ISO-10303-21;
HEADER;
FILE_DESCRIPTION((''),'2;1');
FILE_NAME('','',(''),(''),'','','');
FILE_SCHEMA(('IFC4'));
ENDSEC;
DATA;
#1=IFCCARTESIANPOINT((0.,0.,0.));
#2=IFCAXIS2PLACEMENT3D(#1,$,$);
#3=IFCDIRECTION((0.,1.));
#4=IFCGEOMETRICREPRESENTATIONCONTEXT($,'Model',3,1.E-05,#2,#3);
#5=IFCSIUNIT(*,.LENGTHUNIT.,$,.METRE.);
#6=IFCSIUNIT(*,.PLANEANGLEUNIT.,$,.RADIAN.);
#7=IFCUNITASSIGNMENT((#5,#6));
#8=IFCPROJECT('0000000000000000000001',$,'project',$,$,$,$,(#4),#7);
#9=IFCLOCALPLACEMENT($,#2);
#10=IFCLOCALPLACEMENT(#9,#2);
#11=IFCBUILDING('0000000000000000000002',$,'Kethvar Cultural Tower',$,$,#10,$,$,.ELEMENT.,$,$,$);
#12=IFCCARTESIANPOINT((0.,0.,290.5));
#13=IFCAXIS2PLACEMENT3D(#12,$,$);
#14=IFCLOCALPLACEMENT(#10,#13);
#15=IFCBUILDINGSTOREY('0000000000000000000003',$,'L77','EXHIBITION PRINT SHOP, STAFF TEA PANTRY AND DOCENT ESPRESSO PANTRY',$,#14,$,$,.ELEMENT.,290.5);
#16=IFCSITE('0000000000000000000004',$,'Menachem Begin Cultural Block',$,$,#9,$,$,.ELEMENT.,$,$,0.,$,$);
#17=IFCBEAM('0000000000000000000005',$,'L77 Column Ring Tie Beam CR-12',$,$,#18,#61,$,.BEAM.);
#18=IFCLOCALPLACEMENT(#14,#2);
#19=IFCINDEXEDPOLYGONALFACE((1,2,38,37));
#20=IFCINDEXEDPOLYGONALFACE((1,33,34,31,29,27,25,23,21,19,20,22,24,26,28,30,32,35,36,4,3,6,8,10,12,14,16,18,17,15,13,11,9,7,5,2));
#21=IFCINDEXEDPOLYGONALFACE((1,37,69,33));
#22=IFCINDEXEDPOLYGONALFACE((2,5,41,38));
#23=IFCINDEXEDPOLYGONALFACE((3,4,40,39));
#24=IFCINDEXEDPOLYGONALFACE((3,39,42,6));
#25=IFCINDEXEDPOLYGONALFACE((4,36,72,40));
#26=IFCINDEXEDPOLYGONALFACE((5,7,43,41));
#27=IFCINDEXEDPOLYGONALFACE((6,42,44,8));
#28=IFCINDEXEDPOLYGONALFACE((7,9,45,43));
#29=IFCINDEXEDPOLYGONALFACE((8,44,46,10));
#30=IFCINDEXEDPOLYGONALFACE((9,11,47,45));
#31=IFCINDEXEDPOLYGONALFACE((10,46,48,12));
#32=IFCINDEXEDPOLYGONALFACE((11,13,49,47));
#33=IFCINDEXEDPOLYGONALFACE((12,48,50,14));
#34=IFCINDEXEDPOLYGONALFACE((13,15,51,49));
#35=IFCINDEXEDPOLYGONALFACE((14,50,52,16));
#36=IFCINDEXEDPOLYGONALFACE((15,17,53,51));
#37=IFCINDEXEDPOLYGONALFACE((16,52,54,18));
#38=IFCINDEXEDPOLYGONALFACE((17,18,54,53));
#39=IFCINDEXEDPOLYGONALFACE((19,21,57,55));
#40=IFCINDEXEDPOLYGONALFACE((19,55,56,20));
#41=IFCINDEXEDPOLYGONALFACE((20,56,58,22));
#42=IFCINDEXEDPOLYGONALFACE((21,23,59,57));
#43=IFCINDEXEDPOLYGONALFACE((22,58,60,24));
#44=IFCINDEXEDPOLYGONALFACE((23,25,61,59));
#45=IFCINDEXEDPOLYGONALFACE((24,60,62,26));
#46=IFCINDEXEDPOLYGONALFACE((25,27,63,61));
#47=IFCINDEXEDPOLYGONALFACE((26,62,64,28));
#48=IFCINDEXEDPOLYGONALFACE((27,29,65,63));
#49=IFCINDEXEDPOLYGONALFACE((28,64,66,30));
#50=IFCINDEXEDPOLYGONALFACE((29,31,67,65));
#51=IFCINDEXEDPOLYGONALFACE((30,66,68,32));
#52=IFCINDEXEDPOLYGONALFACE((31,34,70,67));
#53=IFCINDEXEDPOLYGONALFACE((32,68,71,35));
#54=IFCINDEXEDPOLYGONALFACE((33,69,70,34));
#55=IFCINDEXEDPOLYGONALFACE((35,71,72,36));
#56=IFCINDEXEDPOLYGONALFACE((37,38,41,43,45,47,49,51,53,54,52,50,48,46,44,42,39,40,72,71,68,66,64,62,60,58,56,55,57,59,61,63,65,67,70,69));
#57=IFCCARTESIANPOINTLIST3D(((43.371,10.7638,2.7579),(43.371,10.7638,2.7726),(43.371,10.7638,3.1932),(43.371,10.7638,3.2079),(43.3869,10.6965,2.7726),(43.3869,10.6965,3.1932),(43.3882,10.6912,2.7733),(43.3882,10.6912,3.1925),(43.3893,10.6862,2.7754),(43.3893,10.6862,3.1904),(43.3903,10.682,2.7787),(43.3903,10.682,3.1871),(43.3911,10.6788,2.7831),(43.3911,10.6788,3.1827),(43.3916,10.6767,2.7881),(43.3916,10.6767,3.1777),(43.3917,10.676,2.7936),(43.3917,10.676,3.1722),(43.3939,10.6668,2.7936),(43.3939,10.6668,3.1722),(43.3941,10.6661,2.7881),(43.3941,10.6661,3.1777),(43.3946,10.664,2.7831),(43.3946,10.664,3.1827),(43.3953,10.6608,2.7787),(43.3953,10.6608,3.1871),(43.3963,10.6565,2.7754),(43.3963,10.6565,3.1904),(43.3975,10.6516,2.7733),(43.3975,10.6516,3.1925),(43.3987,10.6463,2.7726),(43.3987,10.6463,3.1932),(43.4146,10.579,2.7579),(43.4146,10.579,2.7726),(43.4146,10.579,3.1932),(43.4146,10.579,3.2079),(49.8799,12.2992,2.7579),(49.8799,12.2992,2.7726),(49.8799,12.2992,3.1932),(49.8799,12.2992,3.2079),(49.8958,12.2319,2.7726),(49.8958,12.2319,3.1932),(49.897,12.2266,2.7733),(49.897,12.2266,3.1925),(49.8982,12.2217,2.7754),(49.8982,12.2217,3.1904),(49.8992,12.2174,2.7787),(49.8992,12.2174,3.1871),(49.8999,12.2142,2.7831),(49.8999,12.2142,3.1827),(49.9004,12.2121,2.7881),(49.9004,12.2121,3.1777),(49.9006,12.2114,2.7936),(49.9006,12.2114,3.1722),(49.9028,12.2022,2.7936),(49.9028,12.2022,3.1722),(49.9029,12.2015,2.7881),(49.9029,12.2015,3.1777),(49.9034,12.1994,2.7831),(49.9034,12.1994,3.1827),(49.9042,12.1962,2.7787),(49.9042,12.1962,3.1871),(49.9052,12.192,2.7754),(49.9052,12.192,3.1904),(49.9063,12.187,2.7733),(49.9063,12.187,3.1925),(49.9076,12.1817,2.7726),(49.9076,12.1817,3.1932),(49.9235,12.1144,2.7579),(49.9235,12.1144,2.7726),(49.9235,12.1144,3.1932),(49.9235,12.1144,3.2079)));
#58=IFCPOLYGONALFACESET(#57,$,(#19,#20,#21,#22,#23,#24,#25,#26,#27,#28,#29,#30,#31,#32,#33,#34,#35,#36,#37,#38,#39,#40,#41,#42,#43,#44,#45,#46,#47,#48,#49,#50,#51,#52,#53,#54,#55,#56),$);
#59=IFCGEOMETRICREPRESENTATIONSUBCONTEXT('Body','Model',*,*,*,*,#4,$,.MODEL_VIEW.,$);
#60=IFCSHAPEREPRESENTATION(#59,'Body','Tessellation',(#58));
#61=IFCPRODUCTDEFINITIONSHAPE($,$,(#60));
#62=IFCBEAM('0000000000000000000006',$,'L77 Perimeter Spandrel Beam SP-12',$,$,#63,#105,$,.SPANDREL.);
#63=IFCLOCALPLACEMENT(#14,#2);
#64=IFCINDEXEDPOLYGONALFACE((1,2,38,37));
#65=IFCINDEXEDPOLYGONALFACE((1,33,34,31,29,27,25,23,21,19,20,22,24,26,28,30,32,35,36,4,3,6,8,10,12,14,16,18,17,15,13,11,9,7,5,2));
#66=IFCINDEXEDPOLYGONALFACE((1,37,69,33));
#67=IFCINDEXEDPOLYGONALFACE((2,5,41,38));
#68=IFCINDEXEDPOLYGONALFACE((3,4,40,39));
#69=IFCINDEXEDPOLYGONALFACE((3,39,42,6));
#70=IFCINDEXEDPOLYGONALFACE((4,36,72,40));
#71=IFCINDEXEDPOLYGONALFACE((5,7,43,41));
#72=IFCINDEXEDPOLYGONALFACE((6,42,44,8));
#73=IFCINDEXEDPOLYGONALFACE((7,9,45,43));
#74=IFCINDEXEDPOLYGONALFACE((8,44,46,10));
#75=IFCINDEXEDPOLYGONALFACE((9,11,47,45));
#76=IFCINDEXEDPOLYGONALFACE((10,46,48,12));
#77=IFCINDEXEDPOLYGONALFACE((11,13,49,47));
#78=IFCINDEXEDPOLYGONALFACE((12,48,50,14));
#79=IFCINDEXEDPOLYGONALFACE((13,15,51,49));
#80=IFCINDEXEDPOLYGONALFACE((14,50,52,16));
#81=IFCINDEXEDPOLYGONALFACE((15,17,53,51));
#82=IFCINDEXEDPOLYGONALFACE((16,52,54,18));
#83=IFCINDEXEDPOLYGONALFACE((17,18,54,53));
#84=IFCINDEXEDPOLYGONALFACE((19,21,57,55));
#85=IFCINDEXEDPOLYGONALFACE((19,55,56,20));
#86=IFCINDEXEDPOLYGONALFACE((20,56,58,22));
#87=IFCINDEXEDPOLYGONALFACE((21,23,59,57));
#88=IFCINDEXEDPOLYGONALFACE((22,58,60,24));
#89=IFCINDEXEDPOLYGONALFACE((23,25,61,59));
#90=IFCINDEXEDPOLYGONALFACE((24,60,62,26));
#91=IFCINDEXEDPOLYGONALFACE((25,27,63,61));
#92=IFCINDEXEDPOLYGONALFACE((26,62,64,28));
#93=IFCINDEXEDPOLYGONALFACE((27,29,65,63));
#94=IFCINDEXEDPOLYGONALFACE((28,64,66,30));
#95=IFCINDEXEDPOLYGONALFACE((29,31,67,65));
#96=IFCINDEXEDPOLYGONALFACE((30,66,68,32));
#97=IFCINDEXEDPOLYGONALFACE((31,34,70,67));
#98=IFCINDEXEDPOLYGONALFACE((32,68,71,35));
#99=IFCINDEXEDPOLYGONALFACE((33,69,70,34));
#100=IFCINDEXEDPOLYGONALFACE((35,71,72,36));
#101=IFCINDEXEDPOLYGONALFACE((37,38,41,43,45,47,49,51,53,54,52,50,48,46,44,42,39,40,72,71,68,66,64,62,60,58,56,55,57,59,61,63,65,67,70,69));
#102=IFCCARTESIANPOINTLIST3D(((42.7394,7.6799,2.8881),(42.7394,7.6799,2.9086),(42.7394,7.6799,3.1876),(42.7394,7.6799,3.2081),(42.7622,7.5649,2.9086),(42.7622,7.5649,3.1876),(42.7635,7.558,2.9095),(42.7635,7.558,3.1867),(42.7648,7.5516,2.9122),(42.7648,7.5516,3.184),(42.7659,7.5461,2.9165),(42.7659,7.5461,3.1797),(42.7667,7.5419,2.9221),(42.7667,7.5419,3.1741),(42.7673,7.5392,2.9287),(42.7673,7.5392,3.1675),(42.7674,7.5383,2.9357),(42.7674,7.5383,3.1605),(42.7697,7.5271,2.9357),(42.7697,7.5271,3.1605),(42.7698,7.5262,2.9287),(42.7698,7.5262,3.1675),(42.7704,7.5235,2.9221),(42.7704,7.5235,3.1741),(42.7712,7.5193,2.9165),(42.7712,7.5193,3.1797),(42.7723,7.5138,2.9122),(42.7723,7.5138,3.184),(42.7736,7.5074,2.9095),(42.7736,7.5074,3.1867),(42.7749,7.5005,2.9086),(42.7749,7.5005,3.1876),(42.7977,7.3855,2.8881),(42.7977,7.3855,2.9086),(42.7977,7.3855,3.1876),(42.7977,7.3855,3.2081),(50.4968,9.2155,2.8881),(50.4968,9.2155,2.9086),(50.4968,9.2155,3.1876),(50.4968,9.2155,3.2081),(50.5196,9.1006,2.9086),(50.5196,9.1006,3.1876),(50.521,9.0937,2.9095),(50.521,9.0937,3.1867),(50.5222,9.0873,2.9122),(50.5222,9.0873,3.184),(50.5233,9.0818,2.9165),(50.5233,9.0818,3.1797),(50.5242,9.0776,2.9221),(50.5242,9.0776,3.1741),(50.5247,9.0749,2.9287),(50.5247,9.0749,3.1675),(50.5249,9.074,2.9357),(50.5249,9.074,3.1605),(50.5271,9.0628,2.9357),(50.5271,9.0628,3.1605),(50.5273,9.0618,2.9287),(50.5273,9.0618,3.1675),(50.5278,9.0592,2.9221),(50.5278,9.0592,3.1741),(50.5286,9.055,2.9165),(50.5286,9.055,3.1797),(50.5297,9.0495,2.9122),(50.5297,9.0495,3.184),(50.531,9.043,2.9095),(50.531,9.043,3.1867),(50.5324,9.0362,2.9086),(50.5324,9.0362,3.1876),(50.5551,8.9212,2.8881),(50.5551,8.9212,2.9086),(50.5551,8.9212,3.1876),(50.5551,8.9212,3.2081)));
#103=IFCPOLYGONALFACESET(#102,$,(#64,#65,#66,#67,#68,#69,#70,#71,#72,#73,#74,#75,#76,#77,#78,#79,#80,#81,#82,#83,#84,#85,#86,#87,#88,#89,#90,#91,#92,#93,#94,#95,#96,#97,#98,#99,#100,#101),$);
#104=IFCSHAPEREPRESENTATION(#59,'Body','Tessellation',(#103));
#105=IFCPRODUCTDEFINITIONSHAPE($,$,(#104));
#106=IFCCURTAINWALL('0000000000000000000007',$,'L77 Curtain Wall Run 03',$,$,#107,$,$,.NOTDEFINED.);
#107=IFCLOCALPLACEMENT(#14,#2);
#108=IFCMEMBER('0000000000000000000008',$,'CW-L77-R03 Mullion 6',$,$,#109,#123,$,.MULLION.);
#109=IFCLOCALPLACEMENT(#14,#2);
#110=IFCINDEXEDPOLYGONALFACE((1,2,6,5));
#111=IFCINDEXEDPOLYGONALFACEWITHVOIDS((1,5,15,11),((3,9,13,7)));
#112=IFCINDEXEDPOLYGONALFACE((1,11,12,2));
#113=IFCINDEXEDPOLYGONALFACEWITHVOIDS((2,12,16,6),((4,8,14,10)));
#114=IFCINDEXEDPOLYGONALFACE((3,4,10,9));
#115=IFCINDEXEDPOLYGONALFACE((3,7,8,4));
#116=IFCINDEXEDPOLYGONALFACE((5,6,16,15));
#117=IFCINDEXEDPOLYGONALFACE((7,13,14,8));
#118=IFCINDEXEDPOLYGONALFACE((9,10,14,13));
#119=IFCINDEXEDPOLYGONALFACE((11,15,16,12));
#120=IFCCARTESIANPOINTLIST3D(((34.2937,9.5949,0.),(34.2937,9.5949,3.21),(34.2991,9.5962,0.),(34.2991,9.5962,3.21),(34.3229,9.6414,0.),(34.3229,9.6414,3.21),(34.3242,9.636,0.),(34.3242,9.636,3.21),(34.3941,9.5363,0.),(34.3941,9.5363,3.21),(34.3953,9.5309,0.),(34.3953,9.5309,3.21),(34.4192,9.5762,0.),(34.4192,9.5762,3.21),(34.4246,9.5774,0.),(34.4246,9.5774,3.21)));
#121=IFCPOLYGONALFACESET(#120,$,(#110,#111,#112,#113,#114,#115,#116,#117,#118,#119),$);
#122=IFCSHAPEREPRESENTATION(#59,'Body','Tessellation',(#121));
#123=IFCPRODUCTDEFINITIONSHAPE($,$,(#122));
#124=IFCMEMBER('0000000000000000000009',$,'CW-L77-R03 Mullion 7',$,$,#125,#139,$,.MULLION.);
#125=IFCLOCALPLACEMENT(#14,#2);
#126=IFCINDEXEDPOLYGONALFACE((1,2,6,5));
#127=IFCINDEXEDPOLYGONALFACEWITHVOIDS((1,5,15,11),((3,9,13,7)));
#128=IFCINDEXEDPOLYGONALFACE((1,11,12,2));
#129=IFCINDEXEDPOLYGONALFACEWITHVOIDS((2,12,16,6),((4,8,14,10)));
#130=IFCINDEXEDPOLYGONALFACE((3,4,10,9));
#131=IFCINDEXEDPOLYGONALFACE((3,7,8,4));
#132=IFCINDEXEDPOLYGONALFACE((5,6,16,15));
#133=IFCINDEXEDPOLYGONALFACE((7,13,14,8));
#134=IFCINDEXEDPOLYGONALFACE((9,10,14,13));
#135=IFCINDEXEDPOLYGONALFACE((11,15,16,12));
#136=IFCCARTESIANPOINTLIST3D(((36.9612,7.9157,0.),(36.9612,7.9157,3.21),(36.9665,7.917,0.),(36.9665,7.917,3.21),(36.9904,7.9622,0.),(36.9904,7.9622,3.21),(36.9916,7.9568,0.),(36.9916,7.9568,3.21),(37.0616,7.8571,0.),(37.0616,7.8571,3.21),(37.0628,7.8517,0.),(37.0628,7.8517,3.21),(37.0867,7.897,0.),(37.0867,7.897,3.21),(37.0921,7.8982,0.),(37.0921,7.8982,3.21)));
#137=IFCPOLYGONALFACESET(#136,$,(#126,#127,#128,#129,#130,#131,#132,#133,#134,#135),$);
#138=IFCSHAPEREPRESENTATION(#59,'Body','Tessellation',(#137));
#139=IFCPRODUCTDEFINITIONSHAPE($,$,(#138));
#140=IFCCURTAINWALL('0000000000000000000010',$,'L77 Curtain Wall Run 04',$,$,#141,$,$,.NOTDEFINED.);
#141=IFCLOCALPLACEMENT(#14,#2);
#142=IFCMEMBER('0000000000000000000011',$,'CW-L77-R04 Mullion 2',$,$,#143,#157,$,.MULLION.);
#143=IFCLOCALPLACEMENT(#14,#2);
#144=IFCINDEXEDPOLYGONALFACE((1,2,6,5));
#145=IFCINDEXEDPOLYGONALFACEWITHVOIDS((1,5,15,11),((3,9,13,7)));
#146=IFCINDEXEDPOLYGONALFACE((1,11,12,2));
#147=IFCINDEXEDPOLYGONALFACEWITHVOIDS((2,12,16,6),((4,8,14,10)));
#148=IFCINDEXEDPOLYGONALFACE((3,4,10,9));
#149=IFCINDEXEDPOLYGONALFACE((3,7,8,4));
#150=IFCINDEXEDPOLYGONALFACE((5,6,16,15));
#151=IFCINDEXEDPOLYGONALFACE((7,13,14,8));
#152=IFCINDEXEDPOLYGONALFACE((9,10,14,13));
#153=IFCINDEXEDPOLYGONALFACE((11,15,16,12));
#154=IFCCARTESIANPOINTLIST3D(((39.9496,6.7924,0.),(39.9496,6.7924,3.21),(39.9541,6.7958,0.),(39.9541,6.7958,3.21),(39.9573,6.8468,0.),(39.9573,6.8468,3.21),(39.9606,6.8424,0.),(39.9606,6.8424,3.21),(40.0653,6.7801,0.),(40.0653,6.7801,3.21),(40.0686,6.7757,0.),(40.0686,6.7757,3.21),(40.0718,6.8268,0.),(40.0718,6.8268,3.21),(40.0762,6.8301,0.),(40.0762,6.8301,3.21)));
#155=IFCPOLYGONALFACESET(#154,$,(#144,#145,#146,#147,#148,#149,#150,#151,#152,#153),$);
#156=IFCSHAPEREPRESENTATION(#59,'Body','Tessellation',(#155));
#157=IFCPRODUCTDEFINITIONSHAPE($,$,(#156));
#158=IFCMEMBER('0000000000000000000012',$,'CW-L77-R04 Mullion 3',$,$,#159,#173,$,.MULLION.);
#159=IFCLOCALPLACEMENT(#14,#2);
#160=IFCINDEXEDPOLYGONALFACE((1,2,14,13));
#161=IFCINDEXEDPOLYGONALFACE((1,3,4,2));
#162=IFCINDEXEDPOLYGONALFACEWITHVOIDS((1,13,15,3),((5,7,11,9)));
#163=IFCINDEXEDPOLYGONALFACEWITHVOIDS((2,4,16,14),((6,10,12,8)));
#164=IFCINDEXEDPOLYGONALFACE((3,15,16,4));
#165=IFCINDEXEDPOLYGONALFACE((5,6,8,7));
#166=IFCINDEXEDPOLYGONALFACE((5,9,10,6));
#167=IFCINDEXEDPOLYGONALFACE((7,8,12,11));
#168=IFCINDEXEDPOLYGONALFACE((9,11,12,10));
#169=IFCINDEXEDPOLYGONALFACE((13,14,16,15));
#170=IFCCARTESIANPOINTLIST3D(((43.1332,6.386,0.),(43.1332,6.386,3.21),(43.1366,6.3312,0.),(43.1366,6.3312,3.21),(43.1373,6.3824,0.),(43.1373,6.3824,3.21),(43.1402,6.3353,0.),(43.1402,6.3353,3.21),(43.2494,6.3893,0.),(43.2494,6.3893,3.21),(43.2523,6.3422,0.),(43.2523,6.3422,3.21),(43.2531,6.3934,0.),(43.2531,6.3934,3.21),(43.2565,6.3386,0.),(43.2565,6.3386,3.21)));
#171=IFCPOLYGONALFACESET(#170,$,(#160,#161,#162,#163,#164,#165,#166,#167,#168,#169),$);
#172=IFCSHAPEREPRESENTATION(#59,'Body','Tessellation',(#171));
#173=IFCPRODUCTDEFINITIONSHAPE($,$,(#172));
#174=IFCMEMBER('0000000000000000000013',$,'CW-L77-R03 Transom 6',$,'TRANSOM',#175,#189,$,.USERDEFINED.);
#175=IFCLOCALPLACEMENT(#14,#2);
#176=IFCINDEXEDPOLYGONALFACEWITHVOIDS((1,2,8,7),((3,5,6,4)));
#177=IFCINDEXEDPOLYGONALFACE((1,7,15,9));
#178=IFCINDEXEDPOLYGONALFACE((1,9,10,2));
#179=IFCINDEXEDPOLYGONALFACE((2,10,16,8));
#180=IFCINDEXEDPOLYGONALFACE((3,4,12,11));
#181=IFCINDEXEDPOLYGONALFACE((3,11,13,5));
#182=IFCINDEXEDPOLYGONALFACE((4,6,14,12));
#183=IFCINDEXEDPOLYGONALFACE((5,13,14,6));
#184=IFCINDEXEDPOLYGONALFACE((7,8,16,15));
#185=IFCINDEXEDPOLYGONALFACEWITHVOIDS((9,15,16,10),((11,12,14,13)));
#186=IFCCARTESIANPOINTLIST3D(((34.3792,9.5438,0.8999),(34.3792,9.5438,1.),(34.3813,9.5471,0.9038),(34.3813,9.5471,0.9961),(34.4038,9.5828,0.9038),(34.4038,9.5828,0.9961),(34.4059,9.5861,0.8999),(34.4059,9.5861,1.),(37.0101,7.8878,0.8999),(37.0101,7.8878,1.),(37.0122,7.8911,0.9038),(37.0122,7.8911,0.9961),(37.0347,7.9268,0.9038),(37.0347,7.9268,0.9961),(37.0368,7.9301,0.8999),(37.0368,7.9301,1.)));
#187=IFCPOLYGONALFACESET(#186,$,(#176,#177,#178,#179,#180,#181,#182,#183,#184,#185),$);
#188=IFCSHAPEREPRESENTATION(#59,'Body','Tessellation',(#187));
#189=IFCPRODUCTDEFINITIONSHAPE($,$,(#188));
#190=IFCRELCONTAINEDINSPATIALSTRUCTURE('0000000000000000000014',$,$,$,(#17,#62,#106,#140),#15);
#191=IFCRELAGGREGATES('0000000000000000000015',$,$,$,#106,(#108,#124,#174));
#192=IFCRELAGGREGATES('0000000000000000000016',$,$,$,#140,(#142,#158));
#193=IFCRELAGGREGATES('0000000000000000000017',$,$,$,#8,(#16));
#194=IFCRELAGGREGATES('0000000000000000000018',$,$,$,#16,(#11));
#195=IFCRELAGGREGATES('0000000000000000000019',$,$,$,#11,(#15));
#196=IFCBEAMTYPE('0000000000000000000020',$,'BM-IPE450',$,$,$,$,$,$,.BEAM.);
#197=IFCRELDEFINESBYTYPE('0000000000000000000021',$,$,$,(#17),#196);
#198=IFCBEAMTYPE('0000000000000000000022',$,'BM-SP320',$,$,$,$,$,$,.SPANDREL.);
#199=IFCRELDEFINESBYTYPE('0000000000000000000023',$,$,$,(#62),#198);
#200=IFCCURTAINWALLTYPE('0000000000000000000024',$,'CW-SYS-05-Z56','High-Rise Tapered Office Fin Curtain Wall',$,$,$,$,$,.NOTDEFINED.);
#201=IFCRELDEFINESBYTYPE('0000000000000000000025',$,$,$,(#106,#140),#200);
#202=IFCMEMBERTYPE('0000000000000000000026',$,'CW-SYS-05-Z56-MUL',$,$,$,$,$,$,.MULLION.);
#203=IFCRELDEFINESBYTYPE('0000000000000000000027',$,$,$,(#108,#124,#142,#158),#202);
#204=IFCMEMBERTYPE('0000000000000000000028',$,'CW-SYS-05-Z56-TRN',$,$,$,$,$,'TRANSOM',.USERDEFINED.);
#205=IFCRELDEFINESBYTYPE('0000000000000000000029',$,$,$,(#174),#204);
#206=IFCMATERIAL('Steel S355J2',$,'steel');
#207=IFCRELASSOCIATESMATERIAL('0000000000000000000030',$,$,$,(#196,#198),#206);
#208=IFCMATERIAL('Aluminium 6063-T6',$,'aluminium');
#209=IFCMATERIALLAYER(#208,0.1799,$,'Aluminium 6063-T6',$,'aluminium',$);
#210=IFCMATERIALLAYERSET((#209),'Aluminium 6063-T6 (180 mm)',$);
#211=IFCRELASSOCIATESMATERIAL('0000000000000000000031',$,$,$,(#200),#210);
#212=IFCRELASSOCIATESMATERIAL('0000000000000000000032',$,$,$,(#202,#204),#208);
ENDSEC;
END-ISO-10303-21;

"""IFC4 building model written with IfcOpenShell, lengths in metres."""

from ifc_helpers import new_model, si_unit, direction, frame, origin, origin_2d, place, context, subcontext, project, spatial, hollow_rectangle, i_section, extrude, source, transform, mapped, material, layer, layer_set, material_profile, profile_set, type_object, element, aggregate, save


model = new_model("IFC4")

# Units and contexts
model_context = context("Model", 3, precision=1e-05, world=origin(), true_north=direction((0.0, 1.0)))
body_context = subcontext(model_context, "Body", "Model", "MODEL_VIEW")
ifc_project = project(units=[si_unit("LENGTHUNIT", "METRE"), si_unit("PLANEANGLEUNIT", "RADIAN")], contexts=[model_context])

# Site, building, storey
site_placement = place(None, origin())
site = spatial("IfcSite", under=ifc_project, at=site_placement, Name="Menachem Begin Cultural Block", CompositionType="ELEMENT", RefElevation=0.0)
building_placement = place(site_placement, origin())
building = spatial("IfcBuilding", under=site, at=building_placement, Name="Kethvar Cultural Tower", CompositionType="ELEMENT")
storey_placement = place(building_placement, frame((0.0, 0.0, 290.5)))
storey = spatial("IfcBuildingStorey", under=building, at=storey_placement, Name="L77", Description="EXHIBITION PRINT SHOP, STAFF TEA PANTRY AND DOCENT ESPRESSO PANTRY", CompositionType="ELEMENT", Elevation=290.5)

# Shared definitions
ifc_material_1 = material(Name="Steel S355J2", Category="steel")

# Beams
ifc_material_profile_1 = material_profile(ifc_material_1, i_section(OverallWidth=0.1899, OverallDepth=0.45, WebThickness=0.0095, FlangeThickness=0.0146, FilletRadius=0.021, at=origin_2d()), Name="Steel S355J2 — IPE450")
ifc_profile_set_1 = profile_set([ifc_material_profile_1], Name="Steel S355J2 — IPE450")
beam_type_1 = type_object("IfcBeamType", Name="BM-IPE450", PredefinedType="BEAM", material=ifc_profile_set_1)
ifc_material_profile_2 = material_profile(ifc_material_1, i_section(OverallWidth=0.3, OverallDepth=0.3201, WebThickness=0.0115, FlangeThickness=0.0205, FilletRadius=0.0271, at=origin_2d()), Name="Steel S355J2 — HEB320")
ifc_profile_set_2 = profile_set([ifc_material_profile_2], Name="Steel S355J2 — HEB320")
beam_type_2 = type_object("IfcBeamType", Name="BM-SP320", PredefinedType="SPANDREL", material=ifc_profile_set_2)
shared_shape_1 = source(origin(), body_context, "Body", "SweptSolid", [
    extrude(i_section(OverallWidth=0.1899, OverallDepth=0.45, WebThickness=0.0095, FlangeThickness=0.0146, FilletRadius=0.021, at=origin_2d()), origin(), (0.0, 0.0, 1.0), 6.6875),
])
beam_1_placement = place(storey_placement, frame((43.3928, 10.6714, 2.9829), z_axis=(0.973286, 0.229595, 0.0), x_axis=(-0.229595, 0.973286, 0.0)))
element("IfcBeam", 1, at=beam_1_placement, inside=storey, type_object=beam_type_1, Name="L77 Column Ring Tie Beam CR-12", PredefinedType="BEAM", context=body_context, shape_type="MappedRepresentation", body=[
    mapped(shared_shape_1, transform((0.0, 0.0, 0.0), scale=1.0)),
])
shared_shape_2 = source(origin(), body_context, "Body", "SweptSolid", [
    extrude(i_section(OverallWidth=0.3, OverallDepth=0.3201, WebThickness=0.0115, FlangeThickness=0.0205, FilletRadius=0.0271, at=origin_2d()), origin(), (0.0, 0.0, 1.0), 7.908),
])
beam_2_placement = place(storey_placement, frame((42.7686, 7.5327, 3.0481), z_axis=(0.980964, 0.194192, 0.0), x_axis=(-0.194192, 0.980964, 0.0)))
element("IfcBeam", 2, at=beam_2_placement, inside=storey, type_object=beam_type_2, Name="L77 Perimeter Spandrel Beam SP-12", PredefinedType="SPANDREL", context=body_context, shape_type="MappedRepresentation", body=[
    mapped(shared_shape_2, transform((0.0, 0.0, 0.0), scale=1.0)),
])

# Curtain walls, members
ifc_material_2 = material(Name="Aluminium 6063-T6", Category="aluminium")
ifc_layer_1 = layer(ifc_material_2, 0.1799, Name="Aluminium 6063-T6", Category="aluminium")
ifc_layer_set_1 = layer_set([ifc_layer_1], Name="Aluminium 6063-T6 (180 mm)")
curtain_wall_type = type_object("IfcCurtainWallType", Name="CW-SYS-05-Z56", Description="High-Rise Tapered Office Fin Curtain Wall", PredefinedType="NOTDEFINED", material=ifc_layer_set_1)
curtain_wall_1_placement = place(storey_placement, origin())
curtain_wall_1 = element("IfcCurtainWall", 3, at=curtain_wall_1_placement, inside=storey, type_object=curtain_wall_type, Name="L77 Curtain Wall Run 03", PredefinedType="NOTDEFINED")
ifc_material_profile_3 = material_profile(ifc_material_2, hollow_rectangle(XDim=0.0549, YDim=0.1201, WallThickness=0.0039, at=origin_2d()), Name="Aluminium 6063-T6 — RHS120x55x4")
ifc_profile_set_3 = profile_set([ifc_material_profile_3], Name="Aluminium 6063-T6 — RHS120x55x4")
member_type_1 = type_object("IfcMemberType", Name="CW-SYS-05-Z56-MUL", PredefinedType="MULLION", material=ifc_profile_set_3)
shared_shape_3 = source(origin(), body_context, "Body", "SweptSolid", [
    extrude(hollow_rectangle(XDim=0.0549, YDim=0.1201, WallThickness=0.0039, at=origin_2d()), origin(), (0.0, 0.0, 1.0), 3.21),
])
member_1_placement = place(storey_placement, frame((34.3591, 9.5862, 0.0), z_axis=(0.0, 0.0, 1.0), x_axis=(0.532743, 0.846277, 0.0)))
member_1 = element("IfcMember", 4, at=member_1_placement, type_object=member_type_1, Name="CW-L77-R03 Mullion 6", PredefinedType="MULLION", context=body_context, shape_type="MappedRepresentation", body=[
    mapped(shared_shape_3, transform((0.0, 0.0, 0.0), scale=1.0)),
])
member_2_placement = place(storey_placement, frame((37.0266, 7.907, 0.0), z_axis=(0.0, 0.0, 1.0), x_axis=(0.532743, 0.846277, 0.0)))
member_2 = element("IfcMember", 5, at=member_2_placement, type_object=member_type_1, Name="CW-L77-R03 Mullion 7", PredefinedType="MULLION", context=body_context, shape_type="MappedRepresentation", body=[
    mapped(shared_shape_3, transform((0.0, 0.0, 0.0), scale=1.0)),
])
curtain_wall_2_placement = place(storey_placement, origin())
curtain_wall_2 = element("IfcCurtainWall", 6, at=curtain_wall_2_placement, inside=storey, type_object=curtain_wall_type, Name="L77 Curtain Wall Run 04", PredefinedType="NOTDEFINED")
member_3_placement = place(storey_placement, frame((40.0129, 6.8113, 0.0), z_axis=(0.0, 0.0, 1.0), x_axis=(0.139173, 0.990268, 0.0)))
member_3 = element("IfcMember", 7, at=member_3_placement, type_object=member_type_1, Name="CW-L77-R04 Mullion 2", PredefinedType="MULLION", context=body_context, shape_type="MappedRepresentation", body=[
    mapped(shared_shape_3, transform((0.0, 0.0, 0.0), scale=1.0)),
])
member_4_placement = place(storey_placement, frame((43.1948, 6.3623, 0.0), z_axis=(0.0, 0.0, 1.0), x_axis=(-0.061606, 0.998101, 0.0)))
member_4 = element("IfcMember", 8, at=member_4_placement, type_object=member_type_1, Name="CW-L77-R04 Mullion 3", PredefinedType="MULLION", context=body_context, shape_type="MappedRepresentation", body=[
    mapped(shared_shape_3, transform((0.0, 0.0, 0.0), scale=1.0)),
])

# Member
ifc_material_profile_4 = material_profile(ifc_material_2, hollow_rectangle(XDim=0.05, YDim=0.1001, WallThickness=0.0039, at=origin_2d()), Name="Aluminium 6063-T6 — RHS100x50x4")
ifc_profile_set_4 = profile_set([ifc_material_profile_4], Name="Aluminium 6063-T6 — RHS100x50x4")
member_type_2 = type_object("IfcMemberType", Name="CW-SYS-05-Z56-TRN", ElementType="TRANSOM", PredefinedType="USERDEFINED", material=ifc_profile_set_4)
shared_shape_4 = source(origin(), body_context, "Body", "SweptSolid", [
    extrude(hollow_rectangle(XDim=0.05, YDim=0.1001, WallThickness=0.0039, at=origin_2d()), origin(), (0.0, 0.0, 1.0), 3.1086),
])
member_5_placement = place(storey_placement, frame((34.3926, 9.5649, 0.95), z_axis=(0.8463, -0.532707, 0.0), x_axis=(0.532707, 0.8463, 0.0)))
member_5 = element("IfcMember", 9, at=member_5_placement, type_object=member_type_2, Name="CW-L77-R03 Transom 6", ObjectType="TRANSOM", PredefinedType="USERDEFINED", context=body_context, shape_type="MappedRepresentation", body=[
    mapped(shared_shape_4, transform((0.0, 0.0, 0.0), scale=1.0)),
])

aggregate(curtain_wall_1, [member_1, member_2, member_5])
aggregate(curtain_wall_2, [member_3, member_4])

save(model, "model.ifc")
